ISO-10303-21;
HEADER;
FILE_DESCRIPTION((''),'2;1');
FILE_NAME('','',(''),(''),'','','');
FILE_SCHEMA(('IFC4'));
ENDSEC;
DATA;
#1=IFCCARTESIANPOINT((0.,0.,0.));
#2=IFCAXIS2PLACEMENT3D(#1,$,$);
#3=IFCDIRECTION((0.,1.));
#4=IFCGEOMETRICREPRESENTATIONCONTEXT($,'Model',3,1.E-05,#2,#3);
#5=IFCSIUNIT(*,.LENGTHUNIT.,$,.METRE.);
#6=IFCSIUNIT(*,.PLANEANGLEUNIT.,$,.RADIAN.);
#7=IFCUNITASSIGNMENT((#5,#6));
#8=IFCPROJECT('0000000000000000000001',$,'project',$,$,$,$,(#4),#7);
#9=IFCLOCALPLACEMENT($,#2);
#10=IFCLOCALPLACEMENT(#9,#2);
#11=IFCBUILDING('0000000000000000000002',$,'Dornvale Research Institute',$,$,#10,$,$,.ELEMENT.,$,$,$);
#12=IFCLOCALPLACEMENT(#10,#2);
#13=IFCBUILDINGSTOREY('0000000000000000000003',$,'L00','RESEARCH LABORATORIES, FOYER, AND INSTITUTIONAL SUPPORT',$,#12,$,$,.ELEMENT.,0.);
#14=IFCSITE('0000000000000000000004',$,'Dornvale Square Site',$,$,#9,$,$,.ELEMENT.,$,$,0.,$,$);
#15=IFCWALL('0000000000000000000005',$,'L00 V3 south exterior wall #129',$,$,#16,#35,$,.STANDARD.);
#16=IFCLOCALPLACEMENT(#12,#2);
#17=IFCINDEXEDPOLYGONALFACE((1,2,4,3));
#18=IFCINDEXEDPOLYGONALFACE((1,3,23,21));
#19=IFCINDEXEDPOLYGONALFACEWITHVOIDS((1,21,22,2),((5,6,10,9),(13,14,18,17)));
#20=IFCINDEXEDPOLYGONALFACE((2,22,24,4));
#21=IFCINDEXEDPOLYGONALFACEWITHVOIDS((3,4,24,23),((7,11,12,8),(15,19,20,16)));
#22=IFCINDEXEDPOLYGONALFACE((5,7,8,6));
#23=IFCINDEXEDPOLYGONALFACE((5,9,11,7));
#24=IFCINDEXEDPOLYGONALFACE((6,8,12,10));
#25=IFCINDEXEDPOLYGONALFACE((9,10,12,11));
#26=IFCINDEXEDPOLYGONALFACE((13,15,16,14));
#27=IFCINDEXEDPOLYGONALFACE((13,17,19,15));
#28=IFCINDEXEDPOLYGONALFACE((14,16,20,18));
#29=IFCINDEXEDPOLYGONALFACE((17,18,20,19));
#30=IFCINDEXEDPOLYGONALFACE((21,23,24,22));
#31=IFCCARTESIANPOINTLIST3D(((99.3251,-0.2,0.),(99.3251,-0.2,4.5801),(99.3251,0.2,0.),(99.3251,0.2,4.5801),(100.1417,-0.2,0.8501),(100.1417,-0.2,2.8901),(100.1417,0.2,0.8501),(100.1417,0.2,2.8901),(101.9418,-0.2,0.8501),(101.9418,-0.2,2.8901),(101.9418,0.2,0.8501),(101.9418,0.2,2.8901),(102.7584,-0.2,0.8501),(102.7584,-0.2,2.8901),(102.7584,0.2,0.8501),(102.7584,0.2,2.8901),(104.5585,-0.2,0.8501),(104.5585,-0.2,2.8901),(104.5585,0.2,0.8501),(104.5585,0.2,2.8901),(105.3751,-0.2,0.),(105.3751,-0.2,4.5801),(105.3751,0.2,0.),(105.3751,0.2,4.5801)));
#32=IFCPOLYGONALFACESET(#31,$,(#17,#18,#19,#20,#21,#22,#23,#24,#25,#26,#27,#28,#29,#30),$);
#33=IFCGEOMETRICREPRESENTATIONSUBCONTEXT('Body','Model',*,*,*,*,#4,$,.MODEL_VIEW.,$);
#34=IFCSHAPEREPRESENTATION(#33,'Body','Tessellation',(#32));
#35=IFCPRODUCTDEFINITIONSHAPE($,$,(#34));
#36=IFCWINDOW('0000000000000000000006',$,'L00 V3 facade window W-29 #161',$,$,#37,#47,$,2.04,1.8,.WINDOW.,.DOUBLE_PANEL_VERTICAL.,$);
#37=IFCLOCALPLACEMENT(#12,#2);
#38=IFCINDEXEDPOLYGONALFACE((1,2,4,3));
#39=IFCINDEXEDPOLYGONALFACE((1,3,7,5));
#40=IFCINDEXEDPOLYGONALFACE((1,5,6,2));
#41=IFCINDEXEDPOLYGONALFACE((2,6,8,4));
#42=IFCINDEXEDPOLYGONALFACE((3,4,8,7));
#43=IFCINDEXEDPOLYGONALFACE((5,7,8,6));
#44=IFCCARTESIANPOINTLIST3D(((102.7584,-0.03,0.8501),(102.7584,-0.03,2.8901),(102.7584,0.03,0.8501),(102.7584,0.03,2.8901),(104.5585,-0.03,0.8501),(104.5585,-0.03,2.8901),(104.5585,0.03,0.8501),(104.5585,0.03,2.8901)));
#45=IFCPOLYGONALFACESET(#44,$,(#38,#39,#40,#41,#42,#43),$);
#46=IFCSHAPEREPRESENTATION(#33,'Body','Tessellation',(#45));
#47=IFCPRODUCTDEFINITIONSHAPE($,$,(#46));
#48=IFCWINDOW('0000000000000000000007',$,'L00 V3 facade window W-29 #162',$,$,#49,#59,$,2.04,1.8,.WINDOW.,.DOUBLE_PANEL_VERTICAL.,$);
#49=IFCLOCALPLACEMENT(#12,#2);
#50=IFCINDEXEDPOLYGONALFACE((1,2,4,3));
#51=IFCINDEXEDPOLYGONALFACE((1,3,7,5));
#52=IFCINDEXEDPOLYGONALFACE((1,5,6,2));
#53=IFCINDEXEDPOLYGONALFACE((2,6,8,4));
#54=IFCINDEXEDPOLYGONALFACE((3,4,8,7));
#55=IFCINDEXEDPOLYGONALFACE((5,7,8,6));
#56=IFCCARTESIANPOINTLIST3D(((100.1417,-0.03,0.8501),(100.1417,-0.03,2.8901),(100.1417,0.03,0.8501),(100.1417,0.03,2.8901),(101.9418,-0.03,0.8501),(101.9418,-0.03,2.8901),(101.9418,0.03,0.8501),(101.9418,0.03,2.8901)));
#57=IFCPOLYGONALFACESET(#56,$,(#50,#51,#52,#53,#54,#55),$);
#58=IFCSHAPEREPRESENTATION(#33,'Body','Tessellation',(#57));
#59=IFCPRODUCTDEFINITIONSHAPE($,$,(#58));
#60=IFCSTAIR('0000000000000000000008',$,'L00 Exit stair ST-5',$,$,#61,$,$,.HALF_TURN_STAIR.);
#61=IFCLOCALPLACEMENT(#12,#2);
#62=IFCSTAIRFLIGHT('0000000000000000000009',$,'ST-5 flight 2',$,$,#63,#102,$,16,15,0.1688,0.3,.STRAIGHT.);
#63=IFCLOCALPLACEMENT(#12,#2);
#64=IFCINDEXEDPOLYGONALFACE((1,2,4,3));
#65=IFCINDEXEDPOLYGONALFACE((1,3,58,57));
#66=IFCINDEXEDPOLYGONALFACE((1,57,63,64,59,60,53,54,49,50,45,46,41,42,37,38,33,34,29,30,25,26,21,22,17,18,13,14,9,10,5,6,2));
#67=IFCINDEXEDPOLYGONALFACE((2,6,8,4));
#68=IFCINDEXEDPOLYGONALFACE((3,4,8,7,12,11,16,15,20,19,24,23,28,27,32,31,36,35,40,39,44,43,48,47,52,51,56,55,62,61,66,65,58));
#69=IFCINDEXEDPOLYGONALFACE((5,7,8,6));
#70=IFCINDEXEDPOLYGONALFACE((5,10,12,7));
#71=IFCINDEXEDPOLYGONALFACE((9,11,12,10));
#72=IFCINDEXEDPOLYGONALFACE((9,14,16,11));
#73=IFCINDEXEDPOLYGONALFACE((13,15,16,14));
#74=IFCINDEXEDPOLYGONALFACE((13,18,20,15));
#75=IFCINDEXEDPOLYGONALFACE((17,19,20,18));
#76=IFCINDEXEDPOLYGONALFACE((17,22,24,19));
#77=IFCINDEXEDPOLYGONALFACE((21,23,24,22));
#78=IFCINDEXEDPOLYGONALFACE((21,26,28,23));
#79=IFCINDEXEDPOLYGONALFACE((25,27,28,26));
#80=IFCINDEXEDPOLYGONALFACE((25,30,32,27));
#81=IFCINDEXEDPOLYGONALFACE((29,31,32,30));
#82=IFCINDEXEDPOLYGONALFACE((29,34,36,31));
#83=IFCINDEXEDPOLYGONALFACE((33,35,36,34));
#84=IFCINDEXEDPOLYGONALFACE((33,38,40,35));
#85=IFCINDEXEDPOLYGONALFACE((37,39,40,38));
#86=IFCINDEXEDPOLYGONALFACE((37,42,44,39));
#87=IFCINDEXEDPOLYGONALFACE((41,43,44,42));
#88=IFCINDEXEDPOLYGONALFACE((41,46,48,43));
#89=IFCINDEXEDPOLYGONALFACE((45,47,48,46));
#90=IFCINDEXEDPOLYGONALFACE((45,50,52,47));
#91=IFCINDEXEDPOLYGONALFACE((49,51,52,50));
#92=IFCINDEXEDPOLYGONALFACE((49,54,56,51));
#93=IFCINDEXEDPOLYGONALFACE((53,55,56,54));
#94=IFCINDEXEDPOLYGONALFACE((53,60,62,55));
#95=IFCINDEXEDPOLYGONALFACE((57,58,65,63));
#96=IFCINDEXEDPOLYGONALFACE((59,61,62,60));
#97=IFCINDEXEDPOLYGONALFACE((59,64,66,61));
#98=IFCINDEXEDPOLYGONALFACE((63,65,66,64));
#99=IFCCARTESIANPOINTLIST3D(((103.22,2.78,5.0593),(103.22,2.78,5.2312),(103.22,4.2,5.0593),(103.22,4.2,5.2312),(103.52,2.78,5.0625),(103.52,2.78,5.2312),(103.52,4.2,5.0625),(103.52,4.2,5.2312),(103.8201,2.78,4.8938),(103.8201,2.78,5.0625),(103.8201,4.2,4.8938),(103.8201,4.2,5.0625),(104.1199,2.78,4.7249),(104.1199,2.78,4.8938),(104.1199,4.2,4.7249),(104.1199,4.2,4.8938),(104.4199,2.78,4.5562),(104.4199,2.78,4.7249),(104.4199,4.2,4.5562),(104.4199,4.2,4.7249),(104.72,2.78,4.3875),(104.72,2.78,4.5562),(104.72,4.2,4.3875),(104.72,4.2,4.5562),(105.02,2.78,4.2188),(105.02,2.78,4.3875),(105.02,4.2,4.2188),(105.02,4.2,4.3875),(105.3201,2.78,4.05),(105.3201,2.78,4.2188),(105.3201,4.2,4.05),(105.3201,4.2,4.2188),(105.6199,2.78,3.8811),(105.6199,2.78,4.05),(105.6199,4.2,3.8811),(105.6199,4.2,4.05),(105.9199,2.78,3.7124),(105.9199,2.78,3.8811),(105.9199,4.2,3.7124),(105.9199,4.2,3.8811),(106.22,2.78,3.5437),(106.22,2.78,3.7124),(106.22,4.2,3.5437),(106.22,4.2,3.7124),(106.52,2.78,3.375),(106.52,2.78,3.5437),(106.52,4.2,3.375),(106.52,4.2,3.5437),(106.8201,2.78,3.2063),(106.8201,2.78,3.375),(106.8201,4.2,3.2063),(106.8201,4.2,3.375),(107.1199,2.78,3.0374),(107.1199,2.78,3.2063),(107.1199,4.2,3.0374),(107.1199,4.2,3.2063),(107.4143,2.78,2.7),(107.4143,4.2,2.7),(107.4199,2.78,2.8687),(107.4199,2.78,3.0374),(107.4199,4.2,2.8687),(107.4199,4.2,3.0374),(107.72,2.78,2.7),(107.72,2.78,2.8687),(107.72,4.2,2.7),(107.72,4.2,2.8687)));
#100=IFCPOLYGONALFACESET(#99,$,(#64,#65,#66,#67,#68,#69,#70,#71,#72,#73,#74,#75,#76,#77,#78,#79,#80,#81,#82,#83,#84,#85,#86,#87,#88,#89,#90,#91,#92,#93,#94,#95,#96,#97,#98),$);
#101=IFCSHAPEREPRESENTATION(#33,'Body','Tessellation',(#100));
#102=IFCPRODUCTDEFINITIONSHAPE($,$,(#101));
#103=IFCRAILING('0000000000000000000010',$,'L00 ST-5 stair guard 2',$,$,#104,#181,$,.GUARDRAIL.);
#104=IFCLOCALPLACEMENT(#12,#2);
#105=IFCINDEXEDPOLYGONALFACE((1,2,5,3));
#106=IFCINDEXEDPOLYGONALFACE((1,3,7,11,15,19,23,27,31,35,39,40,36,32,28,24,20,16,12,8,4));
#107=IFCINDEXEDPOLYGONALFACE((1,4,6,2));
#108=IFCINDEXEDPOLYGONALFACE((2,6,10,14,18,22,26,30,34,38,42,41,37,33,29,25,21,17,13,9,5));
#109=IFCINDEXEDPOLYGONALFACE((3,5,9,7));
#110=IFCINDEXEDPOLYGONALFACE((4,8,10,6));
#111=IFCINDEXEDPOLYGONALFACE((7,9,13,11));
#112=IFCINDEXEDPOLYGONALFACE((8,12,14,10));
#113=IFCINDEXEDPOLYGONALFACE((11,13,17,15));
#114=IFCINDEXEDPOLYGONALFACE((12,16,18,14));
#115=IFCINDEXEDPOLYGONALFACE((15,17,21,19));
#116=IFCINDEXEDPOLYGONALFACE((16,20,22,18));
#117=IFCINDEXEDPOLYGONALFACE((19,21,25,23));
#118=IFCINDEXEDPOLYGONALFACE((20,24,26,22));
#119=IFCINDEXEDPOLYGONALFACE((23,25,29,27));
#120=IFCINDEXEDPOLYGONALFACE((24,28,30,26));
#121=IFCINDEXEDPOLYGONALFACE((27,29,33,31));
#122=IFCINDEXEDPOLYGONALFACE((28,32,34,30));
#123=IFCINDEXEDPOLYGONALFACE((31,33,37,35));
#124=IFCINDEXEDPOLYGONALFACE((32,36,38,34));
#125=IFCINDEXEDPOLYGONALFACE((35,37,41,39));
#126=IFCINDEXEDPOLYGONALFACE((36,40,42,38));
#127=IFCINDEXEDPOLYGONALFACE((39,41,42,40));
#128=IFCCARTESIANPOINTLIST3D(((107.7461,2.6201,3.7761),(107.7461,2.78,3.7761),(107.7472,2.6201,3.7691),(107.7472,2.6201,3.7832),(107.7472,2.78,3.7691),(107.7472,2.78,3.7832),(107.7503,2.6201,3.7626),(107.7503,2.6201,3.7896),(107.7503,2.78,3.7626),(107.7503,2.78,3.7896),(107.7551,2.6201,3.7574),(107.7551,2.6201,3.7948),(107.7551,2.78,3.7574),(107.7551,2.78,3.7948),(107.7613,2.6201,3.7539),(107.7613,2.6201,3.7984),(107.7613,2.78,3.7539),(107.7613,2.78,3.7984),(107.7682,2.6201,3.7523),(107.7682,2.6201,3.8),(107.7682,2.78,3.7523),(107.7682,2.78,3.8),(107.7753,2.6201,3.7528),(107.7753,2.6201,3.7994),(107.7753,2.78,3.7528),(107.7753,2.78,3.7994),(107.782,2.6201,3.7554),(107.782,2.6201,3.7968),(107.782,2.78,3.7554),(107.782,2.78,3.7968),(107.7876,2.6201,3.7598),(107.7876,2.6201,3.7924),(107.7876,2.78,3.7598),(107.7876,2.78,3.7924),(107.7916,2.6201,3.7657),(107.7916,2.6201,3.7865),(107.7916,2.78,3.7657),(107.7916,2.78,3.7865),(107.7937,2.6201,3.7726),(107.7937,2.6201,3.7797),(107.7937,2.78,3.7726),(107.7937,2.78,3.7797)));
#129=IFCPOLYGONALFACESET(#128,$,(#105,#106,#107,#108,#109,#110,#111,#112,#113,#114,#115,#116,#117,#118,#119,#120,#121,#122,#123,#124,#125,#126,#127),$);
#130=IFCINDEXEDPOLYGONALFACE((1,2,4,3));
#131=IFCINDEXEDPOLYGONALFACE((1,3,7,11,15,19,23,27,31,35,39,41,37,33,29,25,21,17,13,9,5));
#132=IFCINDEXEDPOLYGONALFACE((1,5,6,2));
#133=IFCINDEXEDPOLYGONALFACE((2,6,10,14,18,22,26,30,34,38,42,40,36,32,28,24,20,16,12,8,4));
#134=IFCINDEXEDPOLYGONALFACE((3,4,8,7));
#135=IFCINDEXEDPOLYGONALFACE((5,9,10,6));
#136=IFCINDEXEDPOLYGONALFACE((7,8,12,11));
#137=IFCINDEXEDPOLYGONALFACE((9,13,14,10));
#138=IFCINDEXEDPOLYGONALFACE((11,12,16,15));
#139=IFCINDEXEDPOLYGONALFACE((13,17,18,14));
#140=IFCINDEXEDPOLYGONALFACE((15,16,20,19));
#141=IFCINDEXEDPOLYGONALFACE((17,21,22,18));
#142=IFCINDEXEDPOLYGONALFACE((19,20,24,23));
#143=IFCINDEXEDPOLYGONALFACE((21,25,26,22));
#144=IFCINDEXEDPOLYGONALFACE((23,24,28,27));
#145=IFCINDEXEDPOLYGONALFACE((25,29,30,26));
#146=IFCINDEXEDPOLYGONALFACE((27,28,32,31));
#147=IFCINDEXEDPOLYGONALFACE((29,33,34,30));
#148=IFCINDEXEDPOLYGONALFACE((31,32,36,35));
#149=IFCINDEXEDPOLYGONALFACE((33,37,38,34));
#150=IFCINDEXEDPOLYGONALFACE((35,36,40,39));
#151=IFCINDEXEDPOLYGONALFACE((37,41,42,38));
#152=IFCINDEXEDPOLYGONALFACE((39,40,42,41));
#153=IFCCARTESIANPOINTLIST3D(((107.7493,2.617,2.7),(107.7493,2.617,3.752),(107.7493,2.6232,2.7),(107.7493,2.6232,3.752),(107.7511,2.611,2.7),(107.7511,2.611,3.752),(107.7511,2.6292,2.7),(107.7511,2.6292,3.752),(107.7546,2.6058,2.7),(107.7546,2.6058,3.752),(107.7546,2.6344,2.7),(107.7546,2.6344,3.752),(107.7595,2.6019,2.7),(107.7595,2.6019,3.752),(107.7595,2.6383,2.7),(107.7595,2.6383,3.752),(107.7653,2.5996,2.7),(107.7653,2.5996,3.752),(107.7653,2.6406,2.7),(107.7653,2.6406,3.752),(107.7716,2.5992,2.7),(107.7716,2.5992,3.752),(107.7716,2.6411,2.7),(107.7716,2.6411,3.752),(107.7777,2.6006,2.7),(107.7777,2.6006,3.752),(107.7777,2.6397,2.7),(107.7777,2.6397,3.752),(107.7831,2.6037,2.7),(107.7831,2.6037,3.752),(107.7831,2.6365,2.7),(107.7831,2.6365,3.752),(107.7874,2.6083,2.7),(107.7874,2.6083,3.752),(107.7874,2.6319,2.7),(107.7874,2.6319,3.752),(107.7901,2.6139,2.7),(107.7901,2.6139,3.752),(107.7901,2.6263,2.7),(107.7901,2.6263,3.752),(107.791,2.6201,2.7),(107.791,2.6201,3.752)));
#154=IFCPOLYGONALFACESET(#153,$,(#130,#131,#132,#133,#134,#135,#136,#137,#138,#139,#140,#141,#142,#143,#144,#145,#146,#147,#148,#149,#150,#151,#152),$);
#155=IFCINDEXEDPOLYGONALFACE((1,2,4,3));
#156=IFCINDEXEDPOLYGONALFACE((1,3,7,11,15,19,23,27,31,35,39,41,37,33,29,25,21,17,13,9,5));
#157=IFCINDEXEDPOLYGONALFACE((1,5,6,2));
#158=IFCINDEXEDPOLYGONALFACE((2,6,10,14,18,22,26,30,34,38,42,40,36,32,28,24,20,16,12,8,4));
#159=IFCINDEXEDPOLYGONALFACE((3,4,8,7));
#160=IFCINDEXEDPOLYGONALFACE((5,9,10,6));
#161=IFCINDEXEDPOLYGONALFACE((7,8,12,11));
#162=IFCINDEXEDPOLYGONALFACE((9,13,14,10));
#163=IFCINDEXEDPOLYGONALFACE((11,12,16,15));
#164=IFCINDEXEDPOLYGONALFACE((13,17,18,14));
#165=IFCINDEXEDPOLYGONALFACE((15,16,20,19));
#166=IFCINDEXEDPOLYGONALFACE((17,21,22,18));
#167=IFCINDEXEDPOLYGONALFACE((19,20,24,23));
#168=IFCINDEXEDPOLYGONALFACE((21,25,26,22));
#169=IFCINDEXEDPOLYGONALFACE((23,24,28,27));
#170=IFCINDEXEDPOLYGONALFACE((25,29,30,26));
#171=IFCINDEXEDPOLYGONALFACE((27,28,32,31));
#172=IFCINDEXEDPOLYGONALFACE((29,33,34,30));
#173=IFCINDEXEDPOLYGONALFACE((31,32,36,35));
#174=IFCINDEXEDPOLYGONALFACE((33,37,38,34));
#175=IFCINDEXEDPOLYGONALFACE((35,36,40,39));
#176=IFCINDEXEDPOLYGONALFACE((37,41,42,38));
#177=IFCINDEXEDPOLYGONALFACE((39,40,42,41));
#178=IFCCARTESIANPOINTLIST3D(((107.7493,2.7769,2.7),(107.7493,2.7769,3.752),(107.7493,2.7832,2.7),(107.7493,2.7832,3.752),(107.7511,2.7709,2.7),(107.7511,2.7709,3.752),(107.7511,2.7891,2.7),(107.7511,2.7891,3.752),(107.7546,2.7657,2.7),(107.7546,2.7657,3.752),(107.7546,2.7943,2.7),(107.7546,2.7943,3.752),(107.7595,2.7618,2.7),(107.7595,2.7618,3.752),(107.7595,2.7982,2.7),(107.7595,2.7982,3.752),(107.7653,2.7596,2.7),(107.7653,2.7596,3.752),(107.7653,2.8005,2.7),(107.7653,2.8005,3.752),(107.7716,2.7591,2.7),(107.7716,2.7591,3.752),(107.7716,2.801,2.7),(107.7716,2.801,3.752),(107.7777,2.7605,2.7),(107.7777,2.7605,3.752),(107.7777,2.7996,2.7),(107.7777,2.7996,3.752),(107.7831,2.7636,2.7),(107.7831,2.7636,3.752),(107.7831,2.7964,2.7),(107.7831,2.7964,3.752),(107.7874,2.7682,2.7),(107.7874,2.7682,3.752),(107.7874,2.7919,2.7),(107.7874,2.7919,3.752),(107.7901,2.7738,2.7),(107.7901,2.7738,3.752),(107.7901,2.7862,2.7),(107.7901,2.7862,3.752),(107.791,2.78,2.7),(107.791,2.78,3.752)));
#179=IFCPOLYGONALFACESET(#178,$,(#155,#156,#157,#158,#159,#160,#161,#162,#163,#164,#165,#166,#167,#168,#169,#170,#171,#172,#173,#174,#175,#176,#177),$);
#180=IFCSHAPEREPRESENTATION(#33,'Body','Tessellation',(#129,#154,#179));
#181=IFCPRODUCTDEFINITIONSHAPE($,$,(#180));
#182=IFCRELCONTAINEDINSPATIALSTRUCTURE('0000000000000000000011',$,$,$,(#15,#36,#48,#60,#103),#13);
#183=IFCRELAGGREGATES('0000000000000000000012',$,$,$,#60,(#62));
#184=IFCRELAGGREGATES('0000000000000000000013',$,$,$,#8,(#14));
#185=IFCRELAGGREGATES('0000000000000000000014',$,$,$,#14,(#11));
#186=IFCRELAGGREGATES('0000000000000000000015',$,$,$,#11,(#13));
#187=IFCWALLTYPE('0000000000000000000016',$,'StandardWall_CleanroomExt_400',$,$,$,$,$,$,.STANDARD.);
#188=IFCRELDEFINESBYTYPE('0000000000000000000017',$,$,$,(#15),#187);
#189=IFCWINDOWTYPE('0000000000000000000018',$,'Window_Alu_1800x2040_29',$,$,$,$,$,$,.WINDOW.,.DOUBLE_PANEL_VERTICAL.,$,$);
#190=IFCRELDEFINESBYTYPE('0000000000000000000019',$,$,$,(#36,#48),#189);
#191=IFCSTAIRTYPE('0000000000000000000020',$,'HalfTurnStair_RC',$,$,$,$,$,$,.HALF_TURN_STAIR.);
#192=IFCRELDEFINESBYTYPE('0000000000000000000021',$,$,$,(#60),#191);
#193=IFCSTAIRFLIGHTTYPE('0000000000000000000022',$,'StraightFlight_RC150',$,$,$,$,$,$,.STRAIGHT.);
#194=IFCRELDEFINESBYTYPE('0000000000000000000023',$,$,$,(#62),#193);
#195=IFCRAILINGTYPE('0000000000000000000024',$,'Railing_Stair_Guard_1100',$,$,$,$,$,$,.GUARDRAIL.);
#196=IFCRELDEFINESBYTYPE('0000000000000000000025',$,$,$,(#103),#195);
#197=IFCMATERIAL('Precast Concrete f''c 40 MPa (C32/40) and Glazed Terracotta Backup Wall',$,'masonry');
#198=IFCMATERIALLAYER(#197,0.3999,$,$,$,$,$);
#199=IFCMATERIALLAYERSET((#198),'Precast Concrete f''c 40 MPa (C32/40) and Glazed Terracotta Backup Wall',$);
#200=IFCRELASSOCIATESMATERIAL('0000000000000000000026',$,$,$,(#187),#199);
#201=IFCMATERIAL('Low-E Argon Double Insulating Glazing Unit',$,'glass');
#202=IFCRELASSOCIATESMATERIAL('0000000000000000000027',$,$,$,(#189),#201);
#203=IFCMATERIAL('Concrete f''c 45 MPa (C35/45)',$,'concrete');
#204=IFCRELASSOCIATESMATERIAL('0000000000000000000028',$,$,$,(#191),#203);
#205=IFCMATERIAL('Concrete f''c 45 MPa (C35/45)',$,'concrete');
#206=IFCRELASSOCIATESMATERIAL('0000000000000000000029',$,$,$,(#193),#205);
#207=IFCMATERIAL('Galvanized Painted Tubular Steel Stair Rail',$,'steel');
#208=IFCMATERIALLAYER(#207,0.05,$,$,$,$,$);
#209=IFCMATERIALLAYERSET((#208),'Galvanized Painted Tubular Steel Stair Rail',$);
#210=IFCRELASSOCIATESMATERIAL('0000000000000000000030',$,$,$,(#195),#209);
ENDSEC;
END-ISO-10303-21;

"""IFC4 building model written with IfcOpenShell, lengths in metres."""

from ifc_helpers import new_model, si_unit, direction, frame, frame_2d, origin, origin_2d, place, context, subcontext, project, spatial, polyline, rectangle, circle, outline, extrude, material, layer, layer_set, type_object, element, fill, aggregate, save


model = new_model("IFC4")

# Units and contexts
model_context = context("Model", 3, precision=1e-05, world=origin(), true_north=direction((0.0, 1.0)))
body_context = subcontext(model_context, "Body", "Model", "MODEL_VIEW")
ifc_project = project(units=[si_unit("LENGTHUNIT", "METRE"), si_unit("PLANEANGLEUNIT", "RADIAN")], contexts=[model_context])

# Site, building, storey
site_placement = place(None, origin())
site = spatial("IfcSite", under=ifc_project, at=site_placement, Name="Dornvale Square Site", CompositionType="ELEMENT", RefElevation=0.0)
building_placement = place(site_placement, origin())
building = spatial("IfcBuilding", under=site, at=building_placement, Name="Dornvale Research Institute", CompositionType="ELEMENT")
storey_placement = place(building_placement, origin())
storey = spatial("IfcBuildingStorey", under=building, at=storey_placement, Name="L00", Description="RESEARCH LABORATORIES, FOYER, AND INSTITUTIONAL SUPPORT", CompositionType="ELEMENT", Elevation=0.0)

# Shared definitions
ifc_material_1 = material(Name="Precast Concrete f'c 40 MPa (C32/40) and Glazed Terracotta Backup Wall", Category="masonry")
ifc_layer_1 = layer(ifc_material_1, 0.3999)
ifc_layer_set_1 = layer_set([ifc_layer_1], Name="Precast Concrete f'c 40 MPa (C32/40) and Glazed Terracotta Backup Wall")
wall_type = type_object("IfcWallType", Name="StandardWall_CleanroomExt_400", PredefinedType="STANDARD", material=ifc_layer_set_1)

# Wall, openings, windows
wall_1_placement = place(storey_placement, frame((105.375, 0.0, 0.0), z_axis=(0.0, 0.0, 1.0), x_axis=(-1.0, 0.0, 0.0)))
wall_1 = element("IfcWall", 1, at=wall_1_placement, inside=storey, type_object=wall_type, Name="L00 V3 south exterior wall #129", PredefinedType="STANDARD", context=body_context, shape_type="SweptSolid", body=[
    extrude(rectangle(XDim=6.05, YDim=0.3999, at=frame_2d((3.0249, 0.0))), origin(), (0.0, 0.0, 1.0), 4.5801),
])
opening_1_placement = place(wall_1_placement, frame((0.8167, 0.0, 0.8501)))
opening_1 = element("IfcOpeningElement", 2, at=opening_1_placement, cuts=wall_1, PredefinedType="OPENING", context=body_context, shape_type="SweptSolid", body=[
    extrude(rectangle(XDim=1.8, YDim=2.04, at=frame_2d((0.8999, 1.02))), frame((0.0, 0.2148, 0.0), z_axis=(0.0, -1.0, 0.0), x_axis=(1.0, 0.0, 0.0)), (0.0, 0.0, 1.0), 0.4299),
])
opening_2_placement = place(wall_1_placement, frame((3.4333, 0.0, 0.8501)))
opening_2 = element("IfcOpeningElement", 3, at=opening_2_placement, cuts=wall_1, PredefinedType="OPENING", context=body_context, shape_type="SweptSolid", body=[
    extrude(rectangle(XDim=1.8, YDim=2.04, at=frame_2d((0.8999, 1.02))), frame((0.0, 0.2148, 0.0), z_axis=(0.0, -1.0, 0.0), x_axis=(1.0, 0.0, 0.0)), (0.0, 0.0, 1.0), 0.4299),
])
ifc_material_2 = material(Name="Low-E Argon Double Insulating Glazing Unit", Category="glass")
window_type = type_object("IfcWindowType", Name="Window_Alu_1800x2040_29", PartitioningType="DOUBLE_PANEL_VERTICAL", PredefinedType="WINDOW", material=ifc_material_2)
window_1_placement = place(opening_1_placement, origin())
window_1 = element("IfcWindow", 4, at=window_1_placement, inside=storey, type_object=window_type, Name="L00 V3 facade window W-29 #161", OverallHeight=2.04, OverallWidth=1.8, PartitioningType="DOUBLE_PANEL_VERTICAL", PredefinedType="WINDOW", context=body_context, shape_type="SweptSolid", body=[
    extrude(rectangle(XDim=1.8, YDim=2.04, at=frame_2d((0.8999, 1.02))), frame((0.0, 0.03, 0.0), z_axis=(0.0, -1.0, 0.0), x_axis=(1.0, 0.0, 0.0)), (0.0, 0.0, 1.0), 0.0601),
])
fill(opening_1, window_1)
window_2_placement = place(opening_2_placement, origin())
window_2 = element("IfcWindow", 5, at=window_2_placement, inside=storey, type_object=window_type, Name="L00 V3 facade window W-29 #162", OverallHeight=2.04, OverallWidth=1.8, PartitioningType="DOUBLE_PANEL_VERTICAL", PredefinedType="WINDOW", context=body_context, shape_type="SweptSolid", body=[
    extrude(rectangle(XDim=1.8, YDim=2.04, at=frame_2d((0.8999, 1.02))), frame((0.0, 0.03, 0.0), z_axis=(0.0, -1.0, 0.0), x_axis=(1.0, 0.0, 0.0)), (0.0, 0.0, 1.0), 0.0601),
])
fill(opening_2, window_2)

# Stair, stair flight
ifc_material_3 = material(Name="Concrete f'c 45 MPa (C35/45)", Category="concrete")
stair_type = type_object("IfcStairType", Name="HalfTurnStair_RC", PredefinedType="HALF_TURN_STAIR", material=ifc_material_3)
stair_placement = place(storey_placement, origin())
stair = element("IfcStair", 6, at=stair_placement, inside=storey, type_object=stair_type, Name="L00 Exit stair ST-5", PredefinedType="HALF_TURN_STAIR")
ifc_material_4 = material(Name="Concrete f'c 45 MPa (C35/45)", Category="concrete")
stair_flight_type = type_object("IfcStairFlightType", Name="StraightFlight_RC150", PredefinedType="STRAIGHT", material=ifc_material_4)
stair_flight_placement = place(storey_placement, frame((107.72, 3.49, 2.7), z_axis=(0.0, 0.0, 1.0), x_axis=(-1.0, 0.0, 0.0)))
stair_flight = element("IfcStairFlight", 7, at=stair_flight_placement, type_object=stair_flight_type, Name="ST-5 flight 2", NumberOfRisers=16, NumberOfTreads=15, PredefinedType="STRAIGHT", RiserHeight=0.1688, TreadLength=0.3, context=body_context, shape_type="SweptSolid", body=[
    extrude(outline(polyline([(0.0, 0.0), (0.0, 0.1687), (0.3, 0.1687), (0.3, 0.3374), (0.6001, 0.3374), (0.6001, 0.5063), (0.8999, 0.5063), (0.8999, 0.675), (1.2, 0.675), (1.2, 0.8438), (1.5, 0.8438), (1.5, 1.0125), (1.8, 1.0125), (1.8, 1.1812), (2.1001, 1.1812), (2.1001, 1.3501), (2.3999, 1.3501), (2.3999, 1.5188), (2.7, 1.5188), (2.7, 1.6875), (3.0, 1.6875), (3.0, 1.8562), (3.3, 1.8562), (3.3, 2.0249), (3.6001, 2.0249), (3.6001, 2.1938), (3.8999, 2.1938), (3.8999, 2.3625), (4.2, 2.3625), (4.2, 2.5312), (4.5, 2.5312), (4.5, 2.7), (4.5, 2.3594), (0.3057, 0.0), (0.0, 0.0)])), frame((0.0, 0.71, 0.0), z_axis=(0.0, -1.0, 0.0), x_axis=(1.0, 0.0, 0.0)), (0.0, 0.0, 1.0), 1.4199),
])
aggregate(stair, [stair_flight])

# Railing
ifc_material_5 = material(Name="Galvanized Painted Tubular Steel Stair Rail", Category="steel")
ifc_layer_2 = layer(ifc_material_5, 0.05)
ifc_layer_set_2 = layer_set([ifc_layer_2], Name="Galvanized Painted Tubular Steel Stair Rail")
railing_type_1 = type_object("IfcRailingType", Name="Railing_Stair_Guard_1100", PredefinedType="GUARDRAIL", material=ifc_layer_set_2)
railing_1_placement = place(storey_placement, frame((107.77, 2.6201, 2.7)))
element("IfcRailing", 8, at=railing_1_placement, inside=storey, type_object=railing_type_1, Name="L00 ST-5 stair guard 2", PredefinedType="GUARDRAIL", context=body_context, shape_type="SweptSolid", body=[
    extrude(circle(Radius=0.0239, at=origin_2d()), frame((0.0, 0.0, 1.0762), z_axis=(0.0, 1.0, 0.0), x_axis=(-1.0, 0.0, 0.0)), (0.0, 0.0, 1.0), 0.1599),
    extrude(circle(Radius=0.021, at=origin_2d()), origin(), (0.0, 0.0, 1.0), 1.052),
    extrude(circle(Radius=0.021, at=origin_2d()), frame((0.0, 0.1599, 0.0)), (0.0, 0.0, 1.0), 1.052),
])

save(model, "model.ifc")
